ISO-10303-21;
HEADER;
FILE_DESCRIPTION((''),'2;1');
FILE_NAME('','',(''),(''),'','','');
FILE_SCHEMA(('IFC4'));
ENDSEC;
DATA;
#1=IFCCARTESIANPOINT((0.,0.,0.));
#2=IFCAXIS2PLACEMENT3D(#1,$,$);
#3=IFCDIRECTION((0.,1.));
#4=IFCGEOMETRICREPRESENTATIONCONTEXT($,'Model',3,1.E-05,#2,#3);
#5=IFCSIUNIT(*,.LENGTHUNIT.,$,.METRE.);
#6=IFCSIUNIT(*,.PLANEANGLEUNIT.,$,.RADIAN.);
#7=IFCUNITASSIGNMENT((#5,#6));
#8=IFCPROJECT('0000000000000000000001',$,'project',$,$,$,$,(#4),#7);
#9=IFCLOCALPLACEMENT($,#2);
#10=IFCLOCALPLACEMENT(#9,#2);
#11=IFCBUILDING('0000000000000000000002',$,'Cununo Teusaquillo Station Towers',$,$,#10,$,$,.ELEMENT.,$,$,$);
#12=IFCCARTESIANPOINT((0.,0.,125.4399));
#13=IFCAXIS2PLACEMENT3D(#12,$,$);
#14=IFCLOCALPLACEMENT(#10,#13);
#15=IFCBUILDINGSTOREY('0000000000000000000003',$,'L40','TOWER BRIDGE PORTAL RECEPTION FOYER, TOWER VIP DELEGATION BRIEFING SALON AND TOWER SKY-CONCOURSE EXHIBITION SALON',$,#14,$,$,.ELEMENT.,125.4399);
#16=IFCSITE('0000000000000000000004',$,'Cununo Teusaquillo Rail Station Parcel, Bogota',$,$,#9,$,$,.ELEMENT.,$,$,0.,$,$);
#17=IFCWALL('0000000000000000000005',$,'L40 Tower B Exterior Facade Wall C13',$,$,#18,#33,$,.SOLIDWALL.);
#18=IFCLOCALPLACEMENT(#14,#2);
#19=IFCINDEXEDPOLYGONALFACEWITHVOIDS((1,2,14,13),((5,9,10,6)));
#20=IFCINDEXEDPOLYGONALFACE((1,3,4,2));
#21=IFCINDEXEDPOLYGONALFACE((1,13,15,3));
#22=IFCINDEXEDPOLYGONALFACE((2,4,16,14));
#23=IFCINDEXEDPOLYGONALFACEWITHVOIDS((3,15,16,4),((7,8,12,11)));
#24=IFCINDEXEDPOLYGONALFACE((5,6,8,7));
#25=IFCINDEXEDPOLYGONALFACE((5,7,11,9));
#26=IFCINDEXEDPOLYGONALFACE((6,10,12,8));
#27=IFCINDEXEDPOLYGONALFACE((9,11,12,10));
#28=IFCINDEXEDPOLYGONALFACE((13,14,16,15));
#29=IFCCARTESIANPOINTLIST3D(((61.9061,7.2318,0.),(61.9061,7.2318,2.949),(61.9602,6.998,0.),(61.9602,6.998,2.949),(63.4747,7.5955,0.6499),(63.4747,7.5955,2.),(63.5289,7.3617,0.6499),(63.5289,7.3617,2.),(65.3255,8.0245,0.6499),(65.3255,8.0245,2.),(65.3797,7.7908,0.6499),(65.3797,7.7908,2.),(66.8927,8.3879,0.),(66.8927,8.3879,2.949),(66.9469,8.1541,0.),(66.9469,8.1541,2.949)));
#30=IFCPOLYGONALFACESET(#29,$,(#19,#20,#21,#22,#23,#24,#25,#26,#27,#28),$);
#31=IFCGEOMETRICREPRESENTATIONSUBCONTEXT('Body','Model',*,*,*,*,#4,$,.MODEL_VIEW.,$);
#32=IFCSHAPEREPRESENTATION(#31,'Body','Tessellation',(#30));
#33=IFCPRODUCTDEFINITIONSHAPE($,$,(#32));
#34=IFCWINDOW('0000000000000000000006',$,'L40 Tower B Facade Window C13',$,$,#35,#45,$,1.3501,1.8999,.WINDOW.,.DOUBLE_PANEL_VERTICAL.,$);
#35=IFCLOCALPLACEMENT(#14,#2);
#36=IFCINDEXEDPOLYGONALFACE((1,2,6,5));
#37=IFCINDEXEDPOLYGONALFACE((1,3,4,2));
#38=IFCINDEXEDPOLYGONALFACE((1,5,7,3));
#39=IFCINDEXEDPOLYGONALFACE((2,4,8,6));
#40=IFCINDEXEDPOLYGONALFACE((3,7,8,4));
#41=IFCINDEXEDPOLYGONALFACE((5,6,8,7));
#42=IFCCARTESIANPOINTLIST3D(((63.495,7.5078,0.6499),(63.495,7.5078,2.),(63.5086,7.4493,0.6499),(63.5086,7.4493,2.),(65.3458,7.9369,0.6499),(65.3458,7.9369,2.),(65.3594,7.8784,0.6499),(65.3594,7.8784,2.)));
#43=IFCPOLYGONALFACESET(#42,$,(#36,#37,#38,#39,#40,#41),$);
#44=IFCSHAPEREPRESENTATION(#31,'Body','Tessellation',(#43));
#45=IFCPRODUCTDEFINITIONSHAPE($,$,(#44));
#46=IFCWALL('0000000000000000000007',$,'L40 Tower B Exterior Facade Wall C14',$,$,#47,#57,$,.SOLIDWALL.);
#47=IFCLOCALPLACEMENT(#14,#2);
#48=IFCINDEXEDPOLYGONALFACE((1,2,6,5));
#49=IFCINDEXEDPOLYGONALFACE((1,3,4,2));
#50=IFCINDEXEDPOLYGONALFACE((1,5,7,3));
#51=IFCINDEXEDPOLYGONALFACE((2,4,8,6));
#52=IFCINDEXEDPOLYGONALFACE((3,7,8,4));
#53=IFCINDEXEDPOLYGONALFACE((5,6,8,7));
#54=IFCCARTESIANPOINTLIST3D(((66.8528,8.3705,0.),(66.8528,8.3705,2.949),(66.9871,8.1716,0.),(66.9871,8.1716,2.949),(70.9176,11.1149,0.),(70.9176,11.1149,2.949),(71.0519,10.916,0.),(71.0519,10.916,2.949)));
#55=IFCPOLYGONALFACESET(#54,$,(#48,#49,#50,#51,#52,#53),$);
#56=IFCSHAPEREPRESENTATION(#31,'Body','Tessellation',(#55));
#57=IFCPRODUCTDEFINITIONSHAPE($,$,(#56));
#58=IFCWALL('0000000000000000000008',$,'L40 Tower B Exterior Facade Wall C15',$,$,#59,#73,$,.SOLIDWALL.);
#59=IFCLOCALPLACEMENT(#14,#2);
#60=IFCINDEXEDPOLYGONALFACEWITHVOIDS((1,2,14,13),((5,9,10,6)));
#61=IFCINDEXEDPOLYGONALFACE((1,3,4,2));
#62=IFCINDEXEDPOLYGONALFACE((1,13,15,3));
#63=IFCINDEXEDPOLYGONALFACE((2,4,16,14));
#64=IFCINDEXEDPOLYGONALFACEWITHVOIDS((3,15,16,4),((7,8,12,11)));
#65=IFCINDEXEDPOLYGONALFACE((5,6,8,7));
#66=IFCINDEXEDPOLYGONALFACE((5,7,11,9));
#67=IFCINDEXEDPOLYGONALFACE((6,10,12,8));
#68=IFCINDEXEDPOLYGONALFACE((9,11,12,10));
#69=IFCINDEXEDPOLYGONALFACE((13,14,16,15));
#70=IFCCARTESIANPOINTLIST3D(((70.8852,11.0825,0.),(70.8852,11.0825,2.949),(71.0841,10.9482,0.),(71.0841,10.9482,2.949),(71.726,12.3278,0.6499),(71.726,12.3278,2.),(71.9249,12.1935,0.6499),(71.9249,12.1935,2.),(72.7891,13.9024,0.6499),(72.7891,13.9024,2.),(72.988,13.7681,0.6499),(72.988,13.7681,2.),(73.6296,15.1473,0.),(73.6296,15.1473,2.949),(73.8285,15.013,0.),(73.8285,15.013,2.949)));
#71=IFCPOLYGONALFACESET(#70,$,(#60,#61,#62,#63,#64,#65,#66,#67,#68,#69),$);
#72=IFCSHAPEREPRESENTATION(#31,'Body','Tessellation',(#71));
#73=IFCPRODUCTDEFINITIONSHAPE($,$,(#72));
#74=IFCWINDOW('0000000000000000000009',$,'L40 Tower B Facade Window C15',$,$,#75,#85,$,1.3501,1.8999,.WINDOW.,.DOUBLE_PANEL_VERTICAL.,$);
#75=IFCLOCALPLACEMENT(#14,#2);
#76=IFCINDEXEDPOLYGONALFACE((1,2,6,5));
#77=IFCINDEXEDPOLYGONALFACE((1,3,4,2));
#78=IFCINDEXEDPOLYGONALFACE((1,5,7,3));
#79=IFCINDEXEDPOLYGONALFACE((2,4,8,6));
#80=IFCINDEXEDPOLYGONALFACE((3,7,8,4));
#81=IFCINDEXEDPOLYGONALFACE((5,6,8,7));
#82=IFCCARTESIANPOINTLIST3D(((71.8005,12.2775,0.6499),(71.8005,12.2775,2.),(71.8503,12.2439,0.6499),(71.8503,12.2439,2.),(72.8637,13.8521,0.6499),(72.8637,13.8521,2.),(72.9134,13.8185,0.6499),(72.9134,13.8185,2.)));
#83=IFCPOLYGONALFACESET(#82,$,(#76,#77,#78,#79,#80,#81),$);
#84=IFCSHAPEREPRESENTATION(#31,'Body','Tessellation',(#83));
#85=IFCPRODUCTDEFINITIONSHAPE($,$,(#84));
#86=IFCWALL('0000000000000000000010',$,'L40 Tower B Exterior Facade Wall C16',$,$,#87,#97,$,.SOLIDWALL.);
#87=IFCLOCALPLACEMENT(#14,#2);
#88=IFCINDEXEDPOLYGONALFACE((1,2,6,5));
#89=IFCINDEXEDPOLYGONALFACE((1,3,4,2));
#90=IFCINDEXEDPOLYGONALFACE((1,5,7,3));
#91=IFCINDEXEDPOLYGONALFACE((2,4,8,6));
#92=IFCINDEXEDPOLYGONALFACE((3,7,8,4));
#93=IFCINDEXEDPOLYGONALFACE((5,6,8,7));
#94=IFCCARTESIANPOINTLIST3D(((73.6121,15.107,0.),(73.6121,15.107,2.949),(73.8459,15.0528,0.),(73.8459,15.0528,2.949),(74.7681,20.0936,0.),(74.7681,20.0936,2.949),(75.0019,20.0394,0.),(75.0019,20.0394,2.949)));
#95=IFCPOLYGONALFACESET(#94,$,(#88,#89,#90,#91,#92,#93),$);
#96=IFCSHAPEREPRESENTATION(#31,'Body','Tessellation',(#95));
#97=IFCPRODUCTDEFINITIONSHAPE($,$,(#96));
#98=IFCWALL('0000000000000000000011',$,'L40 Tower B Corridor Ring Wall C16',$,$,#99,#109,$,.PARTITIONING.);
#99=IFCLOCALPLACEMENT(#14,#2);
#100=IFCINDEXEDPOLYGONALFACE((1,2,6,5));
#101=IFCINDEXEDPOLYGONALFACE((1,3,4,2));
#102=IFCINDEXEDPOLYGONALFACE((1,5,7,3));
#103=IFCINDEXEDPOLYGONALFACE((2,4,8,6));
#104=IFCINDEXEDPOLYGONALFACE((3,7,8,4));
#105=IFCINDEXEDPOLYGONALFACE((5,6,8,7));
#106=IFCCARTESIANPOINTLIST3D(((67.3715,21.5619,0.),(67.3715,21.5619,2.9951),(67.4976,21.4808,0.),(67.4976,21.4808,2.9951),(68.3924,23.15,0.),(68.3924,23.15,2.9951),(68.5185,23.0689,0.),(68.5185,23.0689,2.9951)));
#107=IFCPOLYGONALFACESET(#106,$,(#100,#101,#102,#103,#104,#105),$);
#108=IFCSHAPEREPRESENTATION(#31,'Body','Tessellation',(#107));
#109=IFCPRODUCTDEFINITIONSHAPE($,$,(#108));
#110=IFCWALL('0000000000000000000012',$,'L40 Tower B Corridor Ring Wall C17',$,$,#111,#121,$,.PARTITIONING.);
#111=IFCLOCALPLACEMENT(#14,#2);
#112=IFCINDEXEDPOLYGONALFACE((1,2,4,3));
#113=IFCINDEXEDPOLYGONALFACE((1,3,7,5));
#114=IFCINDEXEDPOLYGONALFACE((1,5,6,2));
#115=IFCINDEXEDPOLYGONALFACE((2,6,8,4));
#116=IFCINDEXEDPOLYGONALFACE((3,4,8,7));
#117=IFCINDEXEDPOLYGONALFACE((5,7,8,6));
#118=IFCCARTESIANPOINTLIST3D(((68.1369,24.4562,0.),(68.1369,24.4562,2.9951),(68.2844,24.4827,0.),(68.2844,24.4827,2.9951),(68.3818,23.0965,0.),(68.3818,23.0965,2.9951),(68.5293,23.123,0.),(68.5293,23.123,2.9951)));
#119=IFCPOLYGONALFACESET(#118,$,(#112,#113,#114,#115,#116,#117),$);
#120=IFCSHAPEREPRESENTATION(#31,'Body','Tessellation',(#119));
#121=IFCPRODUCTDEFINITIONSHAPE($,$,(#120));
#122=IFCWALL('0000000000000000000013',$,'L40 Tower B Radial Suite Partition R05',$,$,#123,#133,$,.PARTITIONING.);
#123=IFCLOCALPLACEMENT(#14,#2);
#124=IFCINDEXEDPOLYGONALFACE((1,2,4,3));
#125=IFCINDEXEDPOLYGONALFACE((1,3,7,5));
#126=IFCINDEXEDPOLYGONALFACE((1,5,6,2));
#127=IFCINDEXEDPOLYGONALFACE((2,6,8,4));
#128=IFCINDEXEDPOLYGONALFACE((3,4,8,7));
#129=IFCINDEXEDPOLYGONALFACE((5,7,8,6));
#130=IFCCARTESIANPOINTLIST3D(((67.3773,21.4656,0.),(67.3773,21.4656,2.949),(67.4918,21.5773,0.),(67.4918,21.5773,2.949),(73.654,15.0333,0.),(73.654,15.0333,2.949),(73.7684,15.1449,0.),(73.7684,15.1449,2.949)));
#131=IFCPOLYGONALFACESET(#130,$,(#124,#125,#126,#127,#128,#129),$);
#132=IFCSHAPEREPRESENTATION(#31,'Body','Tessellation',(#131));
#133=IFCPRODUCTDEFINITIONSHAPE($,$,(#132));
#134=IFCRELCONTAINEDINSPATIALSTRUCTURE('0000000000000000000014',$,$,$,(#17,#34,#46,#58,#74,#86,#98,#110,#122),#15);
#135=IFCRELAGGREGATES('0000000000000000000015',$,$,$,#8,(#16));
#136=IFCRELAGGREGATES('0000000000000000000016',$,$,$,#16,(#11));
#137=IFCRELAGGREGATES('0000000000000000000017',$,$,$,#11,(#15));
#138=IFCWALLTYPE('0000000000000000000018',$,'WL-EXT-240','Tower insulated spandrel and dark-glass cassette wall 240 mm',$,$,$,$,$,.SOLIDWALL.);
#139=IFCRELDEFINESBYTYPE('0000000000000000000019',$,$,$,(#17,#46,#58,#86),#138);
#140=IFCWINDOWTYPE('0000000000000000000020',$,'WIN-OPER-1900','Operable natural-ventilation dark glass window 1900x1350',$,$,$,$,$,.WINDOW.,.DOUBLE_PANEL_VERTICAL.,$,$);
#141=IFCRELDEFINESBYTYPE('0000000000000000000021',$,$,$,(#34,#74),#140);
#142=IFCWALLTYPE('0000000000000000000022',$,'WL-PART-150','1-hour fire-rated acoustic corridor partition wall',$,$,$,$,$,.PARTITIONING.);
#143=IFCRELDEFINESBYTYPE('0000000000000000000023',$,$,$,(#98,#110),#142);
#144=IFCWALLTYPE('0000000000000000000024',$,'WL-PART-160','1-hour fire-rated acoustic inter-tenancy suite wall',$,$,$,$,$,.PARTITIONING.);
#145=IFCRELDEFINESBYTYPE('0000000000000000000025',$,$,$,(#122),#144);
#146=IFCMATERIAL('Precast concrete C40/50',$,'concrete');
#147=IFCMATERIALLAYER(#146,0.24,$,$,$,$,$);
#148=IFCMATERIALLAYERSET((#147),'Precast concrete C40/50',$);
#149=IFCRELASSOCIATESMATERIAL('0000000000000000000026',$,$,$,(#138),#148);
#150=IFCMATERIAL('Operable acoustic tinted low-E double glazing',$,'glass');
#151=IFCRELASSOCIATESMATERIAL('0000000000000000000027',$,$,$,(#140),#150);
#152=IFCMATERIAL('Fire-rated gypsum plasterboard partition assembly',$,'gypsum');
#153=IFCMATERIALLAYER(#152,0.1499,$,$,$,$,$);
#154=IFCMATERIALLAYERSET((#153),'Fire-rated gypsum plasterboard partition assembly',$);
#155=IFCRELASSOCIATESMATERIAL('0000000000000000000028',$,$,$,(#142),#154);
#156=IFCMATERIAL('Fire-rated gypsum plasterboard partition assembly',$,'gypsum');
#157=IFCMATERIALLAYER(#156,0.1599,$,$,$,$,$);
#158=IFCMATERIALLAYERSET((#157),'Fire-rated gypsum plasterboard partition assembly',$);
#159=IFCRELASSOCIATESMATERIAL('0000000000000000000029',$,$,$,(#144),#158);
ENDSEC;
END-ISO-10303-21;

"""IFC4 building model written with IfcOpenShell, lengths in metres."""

from ifc_helpers import new_model, si_unit, direction, frame, frame_2d, origin, place, context, subcontext, project, spatial, rectangle, extrude, source, transform, mapped, material, layer, layer_set, type_object, element, fill, save


model = new_model("IFC4")

# Units and contexts
model_context = context("Model", 3, precision=1e-05, world=origin(), true_north=direction((0.0, 1.0)))
body_context = subcontext(model_context, "Body", "Model", "MODEL_VIEW")
ifc_project = project(units=[si_unit("LENGTHUNIT", "METRE"), si_unit("PLANEANGLEUNIT", "RADIAN")], contexts=[model_context])

# Site, building, storey
site_placement = place(None, origin())
site = spatial("IfcSite", under=ifc_project, at=site_placement, Name="Cununo Teusaquillo Rail Station Parcel, Bogota", CompositionType="ELEMENT", RefElevation=0.0)
building_placement = place(site_placement, origin())
building = spatial("IfcBuilding", under=site, at=building_placement, Name="Cununo Teusaquillo Station Towers", CompositionType="ELEMENT")
storey_placement = place(building_placement, frame((0.0, 0.0, 125.4399)))
storey = spatial("IfcBuildingStorey", under=building, at=storey_placement, Name="L40", Description="TOWER BRIDGE PORTAL RECEPTION FOYER, TOWER VIP DELEGATION BRIEFING SALON AND TOWER SKY-CONCOURSE EXHIBITION SALON", CompositionType="ELEMENT", Elevation=125.4399)

# Wall, opening, window
ifc_material_1 = material(Name="Precast concrete C40/50", Category="concrete")
ifc_layer_1 = layer(ifc_material_1, 0.24)
ifc_layer_set_1 = layer_set([ifc_layer_1], Name="Precast concrete C40/50")
wall_type_1 = type_object("IfcWallType", Name="WL-EXT-240", Description="Tower insulated spandrel and dark-glass cassette wall 240 mm", PredefinedType="SOLIDWALL", material=ifc_layer_set_1)
wall_1_placement = place(storey_placement, frame((66.9199, 8.271, 0.0), z_axis=(0.0, 0.0, 1.0), x_axis=(-0.974166, -0.225835, 0.0)))
wall_1 = element("IfcWall", 1, at=wall_1_placement, inside=storey, type_object=wall_type_1, Name="L40 Tower B Exterior Facade Wall C13", PredefinedType="SOLIDWALL", context=body_context, shape_type="SweptSolid", body=[
    extrude(rectangle(XDim=5.1189, YDim=0.24, at=frame_2d((2.5596, 0.0))), origin(), (0.0, 0.0, 1.0), 2.949),
])
shared_shape_1 = source(origin(), body_context, "Body", "SweptSolid", [
    extrude(rectangle(XDim=1.8999, YDim=1.3501, at=frame_2d((0.95, 0.675))), frame((0.0, 0.1299, 0.0), z_axis=(0.0, -1.0, 0.0), x_axis=(1.0, 0.0, 0.0)), (0.0, 0.0, 1.0), 0.26),
])
opening_1_placement = place(wall_1_placement, frame((1.6089, 0.0, 0.6499)))
opening_1 = element("IfcOpeningElement", 2, at=opening_1_placement, cuts=wall_1, PredefinedType="OPENING", context=body_context, shape_type="MappedRepresentation", body=[
    mapped(shared_shape_1, transform((0.0, 0.0, 0.0), x_axis=(1.0, 0.0, 0.0), y_axis=(0.0, 1.0, 0.0), z_axis=(0.0, 0.0, 1.0), scale=1.0)),
])
ifc_material_2 = material(Name="Operable acoustic tinted low-E double glazing", Category="glass")
window_type = type_object("IfcWindowType", Name="WIN-OPER-1900", Description="Operable natural-ventilation dark glass window 1900x1350", PartitioningType="DOUBLE_PANEL_VERTICAL", PredefinedType="WINDOW", material=ifc_material_2)
shared_shape_2 = source(origin(), body_context, "Body", "SweptSolid", [
    extrude(rectangle(XDim=1.8999, YDim=1.3501, at=frame_2d((0.95, 0.675))), frame((0.0, 0.03, 0.0), z_axis=(0.0, -1.0, 0.0), x_axis=(1.0, 0.0, 0.0)), (0.0, 0.0, 1.0), 0.0601),
])
window_1_placement = place(opening_1_placement, origin())
window_1 = element("IfcWindow", 3, at=window_1_placement, inside=storey, type_object=window_type, Name="L40 Tower B Facade Window C13", OverallHeight=1.3501, OverallWidth=1.8999, PartitioningType="DOUBLE_PANEL_VERTICAL", PredefinedType="WINDOW", context=body_context, shape_type="MappedRepresentation", body=[
    mapped(shared_shape_2, transform((0.0, 0.0, 0.0), x_axis=(1.0, 0.0, 0.0), y_axis=(0.0, 1.0, 0.0), z_axis=(0.0, 0.0, 1.0), scale=1.0)),
])
fill(opening_1, window_1)

# Wall
wall_2_placement = place(storey_placement, frame((70.9846, 11.0154, 0.0), z_axis=(0.0, 0.0, 1.0), x_axis=(-0.828781, -0.559573, 0.0)))
element("IfcWall", 4, at=wall_2_placement, inside=storey, type_object=wall_type_1, Name="L40 Tower B Exterior Facade Wall C14", PredefinedType="SOLIDWALL", context=body_context, shape_type="SweptSolid", body=[
    extrude(rectangle(XDim=4.9045, YDim=0.24, at=frame_2d((2.4521, 0.0))), origin(), (0.0, 0.0, 1.0), 2.949),
])

# Wall, opening, window
wall_3_placement = place(storey_placement, frame((73.729, 15.0801, 0.0), z_axis=(0.0, 0.0, 1.0), x_axis=(-0.559573, -0.828781, 0.0)))
wall_3 = element("IfcWall", 5, at=wall_3_placement, inside=storey, type_object=wall_type_1, Name="L40 Tower B Exterior Facade Wall C15", PredefinedType="SOLIDWALL", context=body_context, shape_type="SweptSolid", body=[
    extrude(rectangle(XDim=4.9045, YDim=0.24, at=frame_2d((2.4521, 0.0))), origin(), (0.0, 0.0, 1.0), 2.949),
])
opening_2_placement = place(wall_3_placement, frame((1.502, 0.0, 0.6499)))
opening_2 = element("IfcOpeningElement", 6, at=opening_2_placement, cuts=wall_3, PredefinedType="OPENING", context=body_context, shape_type="MappedRepresentation", body=[
    mapped(shared_shape_1, transform((0.0, 0.0, 0.0), x_axis=(1.0, 0.0, 0.0), y_axis=(0.0, 1.0, 0.0), z_axis=(0.0, 0.0, 1.0), scale=1.0)),
])
window_2_placement = place(opening_2_placement, origin())
window_2 = element("IfcWindow", 7, at=window_2_placement, inside=storey, type_object=window_type, Name="L40 Tower B Facade Window C15", OverallHeight=1.3501, OverallWidth=1.8999, PartitioningType="DOUBLE_PANEL_VERTICAL", PredefinedType="WINDOW", context=body_context, shape_type="MappedRepresentation", body=[
    mapped(shared_shape_2, transform((0.0, 0.0, 0.0), x_axis=(1.0, 0.0, 0.0), y_axis=(0.0, 1.0, 0.0), z_axis=(0.0, 0.0, 1.0), scale=1.0)),
])
fill(opening_2, window_2)

# Walls
wall_4_placement = place(storey_placement, frame((74.885, 20.0667, 0.0), z_axis=(0.0, 0.0, 1.0), x_axis=(-0.225835, -0.974166, 0.0)))
element("IfcWall", 8, at=wall_4_placement, inside=storey, type_object=wall_type_1, Name="L40 Tower B Exterior Facade Wall C16", PredefinedType="SOLIDWALL", context=body_context, shape_type="SweptSolid", body=[
    extrude(rectangle(XDim=5.1189, YDim=0.24, at=frame_2d((2.5596, 0.0))), origin(), (0.0, 0.0, 1.0), 2.949),
])
ifc_material_3 = material(Name="Fire-rated gypsum plasterboard partition assembly", Category="gypsum")
ifc_layer_2 = layer(ifc_material_3, 0.1499)
ifc_layer_set_2 = layer_set([ifc_layer_2], Name="Fire-rated gypsum plasterboard partition assembly")
wall_type_2 = type_object("IfcWallType", Name="WL-PART-150", Description="1-hour fire-rated acoustic corridor partition wall", PredefinedType="PARTITIONING", material=ifc_layer_set_2)
wall_5_placement = place(storey_placement, frame((67.4346, 21.5215, 0.0), z_axis=(0.0, 0.0, 1.0), x_axis=(0.540777, 0.841166, 0.0)))
element("IfcWall", 9, at=wall_5_placement, inside=storey, type_object=wall_type_2, Name="L40 Tower B Corridor Ring Wall C16", PredefinedType="PARTITIONING", context=body_context, shape_type="SweptSolid", body=[
    extrude(rectangle(XDim=1.8879, YDim=0.1499, at=frame_2d((0.9438, 0.0))), origin(), (0.0, 0.0, 1.0), 2.9951),
])
wall_6_placement = place(storey_placement, frame((68.4556, 23.1096, 0.0), z_axis=(0.0, 0.0, 1.0), x_axis=(-0.177252, 0.984165, 0.0)))
element("IfcWall", 10, at=wall_6_placement, inside=storey, type_object=wall_type_2, Name="L40 Tower B Corridor Ring Wall C17", PredefinedType="PARTITIONING", context=body_context, shape_type="SweptSolid", body=[
    extrude(rectangle(XDim=1.3816, YDim=0.1499, at=frame_2d((0.6909, 0.0))), origin(), (0.0, 0.0, 1.0), 2.9951),
])
ifc_material_4 = material(Name="Fire-rated gypsum plasterboard partition assembly", Category="gypsum")
ifc_layer_3 = layer(ifc_material_4, 0.1599)
ifc_layer_set_3 = layer_set([ifc_layer_3], Name="Fire-rated gypsum plasterboard partition assembly")
wall_type_3 = type_object("IfcWallType", Name="WL-PART-160", Description="1-hour fire-rated acoustic inter-tenancy suite wall", PredefinedType="PARTITIONING", material=ifc_layer_set_3)
wall_7_placement = place(storey_placement, frame((67.4346, 21.5215, 0.0), z_axis=(0.0, 0.0, 1.0), x_axis=(0.698388, -0.715719, 0.0)))
element("IfcWall", 11, at=wall_7_placement, inside=storey, type_object=wall_type_3, Name="L40 Tower B Radial Suite Partition R05", PredefinedType="PARTITIONING", context=body_context, shape_type="SweptSolid", body=[
    extrude(rectangle(XDim=8.9873, YDim=0.1599, at=frame_2d((4.4937, 0.0))), origin(), (0.0, 0.0, 1.0), 2.949),
])

save(model, "model.ifc")
